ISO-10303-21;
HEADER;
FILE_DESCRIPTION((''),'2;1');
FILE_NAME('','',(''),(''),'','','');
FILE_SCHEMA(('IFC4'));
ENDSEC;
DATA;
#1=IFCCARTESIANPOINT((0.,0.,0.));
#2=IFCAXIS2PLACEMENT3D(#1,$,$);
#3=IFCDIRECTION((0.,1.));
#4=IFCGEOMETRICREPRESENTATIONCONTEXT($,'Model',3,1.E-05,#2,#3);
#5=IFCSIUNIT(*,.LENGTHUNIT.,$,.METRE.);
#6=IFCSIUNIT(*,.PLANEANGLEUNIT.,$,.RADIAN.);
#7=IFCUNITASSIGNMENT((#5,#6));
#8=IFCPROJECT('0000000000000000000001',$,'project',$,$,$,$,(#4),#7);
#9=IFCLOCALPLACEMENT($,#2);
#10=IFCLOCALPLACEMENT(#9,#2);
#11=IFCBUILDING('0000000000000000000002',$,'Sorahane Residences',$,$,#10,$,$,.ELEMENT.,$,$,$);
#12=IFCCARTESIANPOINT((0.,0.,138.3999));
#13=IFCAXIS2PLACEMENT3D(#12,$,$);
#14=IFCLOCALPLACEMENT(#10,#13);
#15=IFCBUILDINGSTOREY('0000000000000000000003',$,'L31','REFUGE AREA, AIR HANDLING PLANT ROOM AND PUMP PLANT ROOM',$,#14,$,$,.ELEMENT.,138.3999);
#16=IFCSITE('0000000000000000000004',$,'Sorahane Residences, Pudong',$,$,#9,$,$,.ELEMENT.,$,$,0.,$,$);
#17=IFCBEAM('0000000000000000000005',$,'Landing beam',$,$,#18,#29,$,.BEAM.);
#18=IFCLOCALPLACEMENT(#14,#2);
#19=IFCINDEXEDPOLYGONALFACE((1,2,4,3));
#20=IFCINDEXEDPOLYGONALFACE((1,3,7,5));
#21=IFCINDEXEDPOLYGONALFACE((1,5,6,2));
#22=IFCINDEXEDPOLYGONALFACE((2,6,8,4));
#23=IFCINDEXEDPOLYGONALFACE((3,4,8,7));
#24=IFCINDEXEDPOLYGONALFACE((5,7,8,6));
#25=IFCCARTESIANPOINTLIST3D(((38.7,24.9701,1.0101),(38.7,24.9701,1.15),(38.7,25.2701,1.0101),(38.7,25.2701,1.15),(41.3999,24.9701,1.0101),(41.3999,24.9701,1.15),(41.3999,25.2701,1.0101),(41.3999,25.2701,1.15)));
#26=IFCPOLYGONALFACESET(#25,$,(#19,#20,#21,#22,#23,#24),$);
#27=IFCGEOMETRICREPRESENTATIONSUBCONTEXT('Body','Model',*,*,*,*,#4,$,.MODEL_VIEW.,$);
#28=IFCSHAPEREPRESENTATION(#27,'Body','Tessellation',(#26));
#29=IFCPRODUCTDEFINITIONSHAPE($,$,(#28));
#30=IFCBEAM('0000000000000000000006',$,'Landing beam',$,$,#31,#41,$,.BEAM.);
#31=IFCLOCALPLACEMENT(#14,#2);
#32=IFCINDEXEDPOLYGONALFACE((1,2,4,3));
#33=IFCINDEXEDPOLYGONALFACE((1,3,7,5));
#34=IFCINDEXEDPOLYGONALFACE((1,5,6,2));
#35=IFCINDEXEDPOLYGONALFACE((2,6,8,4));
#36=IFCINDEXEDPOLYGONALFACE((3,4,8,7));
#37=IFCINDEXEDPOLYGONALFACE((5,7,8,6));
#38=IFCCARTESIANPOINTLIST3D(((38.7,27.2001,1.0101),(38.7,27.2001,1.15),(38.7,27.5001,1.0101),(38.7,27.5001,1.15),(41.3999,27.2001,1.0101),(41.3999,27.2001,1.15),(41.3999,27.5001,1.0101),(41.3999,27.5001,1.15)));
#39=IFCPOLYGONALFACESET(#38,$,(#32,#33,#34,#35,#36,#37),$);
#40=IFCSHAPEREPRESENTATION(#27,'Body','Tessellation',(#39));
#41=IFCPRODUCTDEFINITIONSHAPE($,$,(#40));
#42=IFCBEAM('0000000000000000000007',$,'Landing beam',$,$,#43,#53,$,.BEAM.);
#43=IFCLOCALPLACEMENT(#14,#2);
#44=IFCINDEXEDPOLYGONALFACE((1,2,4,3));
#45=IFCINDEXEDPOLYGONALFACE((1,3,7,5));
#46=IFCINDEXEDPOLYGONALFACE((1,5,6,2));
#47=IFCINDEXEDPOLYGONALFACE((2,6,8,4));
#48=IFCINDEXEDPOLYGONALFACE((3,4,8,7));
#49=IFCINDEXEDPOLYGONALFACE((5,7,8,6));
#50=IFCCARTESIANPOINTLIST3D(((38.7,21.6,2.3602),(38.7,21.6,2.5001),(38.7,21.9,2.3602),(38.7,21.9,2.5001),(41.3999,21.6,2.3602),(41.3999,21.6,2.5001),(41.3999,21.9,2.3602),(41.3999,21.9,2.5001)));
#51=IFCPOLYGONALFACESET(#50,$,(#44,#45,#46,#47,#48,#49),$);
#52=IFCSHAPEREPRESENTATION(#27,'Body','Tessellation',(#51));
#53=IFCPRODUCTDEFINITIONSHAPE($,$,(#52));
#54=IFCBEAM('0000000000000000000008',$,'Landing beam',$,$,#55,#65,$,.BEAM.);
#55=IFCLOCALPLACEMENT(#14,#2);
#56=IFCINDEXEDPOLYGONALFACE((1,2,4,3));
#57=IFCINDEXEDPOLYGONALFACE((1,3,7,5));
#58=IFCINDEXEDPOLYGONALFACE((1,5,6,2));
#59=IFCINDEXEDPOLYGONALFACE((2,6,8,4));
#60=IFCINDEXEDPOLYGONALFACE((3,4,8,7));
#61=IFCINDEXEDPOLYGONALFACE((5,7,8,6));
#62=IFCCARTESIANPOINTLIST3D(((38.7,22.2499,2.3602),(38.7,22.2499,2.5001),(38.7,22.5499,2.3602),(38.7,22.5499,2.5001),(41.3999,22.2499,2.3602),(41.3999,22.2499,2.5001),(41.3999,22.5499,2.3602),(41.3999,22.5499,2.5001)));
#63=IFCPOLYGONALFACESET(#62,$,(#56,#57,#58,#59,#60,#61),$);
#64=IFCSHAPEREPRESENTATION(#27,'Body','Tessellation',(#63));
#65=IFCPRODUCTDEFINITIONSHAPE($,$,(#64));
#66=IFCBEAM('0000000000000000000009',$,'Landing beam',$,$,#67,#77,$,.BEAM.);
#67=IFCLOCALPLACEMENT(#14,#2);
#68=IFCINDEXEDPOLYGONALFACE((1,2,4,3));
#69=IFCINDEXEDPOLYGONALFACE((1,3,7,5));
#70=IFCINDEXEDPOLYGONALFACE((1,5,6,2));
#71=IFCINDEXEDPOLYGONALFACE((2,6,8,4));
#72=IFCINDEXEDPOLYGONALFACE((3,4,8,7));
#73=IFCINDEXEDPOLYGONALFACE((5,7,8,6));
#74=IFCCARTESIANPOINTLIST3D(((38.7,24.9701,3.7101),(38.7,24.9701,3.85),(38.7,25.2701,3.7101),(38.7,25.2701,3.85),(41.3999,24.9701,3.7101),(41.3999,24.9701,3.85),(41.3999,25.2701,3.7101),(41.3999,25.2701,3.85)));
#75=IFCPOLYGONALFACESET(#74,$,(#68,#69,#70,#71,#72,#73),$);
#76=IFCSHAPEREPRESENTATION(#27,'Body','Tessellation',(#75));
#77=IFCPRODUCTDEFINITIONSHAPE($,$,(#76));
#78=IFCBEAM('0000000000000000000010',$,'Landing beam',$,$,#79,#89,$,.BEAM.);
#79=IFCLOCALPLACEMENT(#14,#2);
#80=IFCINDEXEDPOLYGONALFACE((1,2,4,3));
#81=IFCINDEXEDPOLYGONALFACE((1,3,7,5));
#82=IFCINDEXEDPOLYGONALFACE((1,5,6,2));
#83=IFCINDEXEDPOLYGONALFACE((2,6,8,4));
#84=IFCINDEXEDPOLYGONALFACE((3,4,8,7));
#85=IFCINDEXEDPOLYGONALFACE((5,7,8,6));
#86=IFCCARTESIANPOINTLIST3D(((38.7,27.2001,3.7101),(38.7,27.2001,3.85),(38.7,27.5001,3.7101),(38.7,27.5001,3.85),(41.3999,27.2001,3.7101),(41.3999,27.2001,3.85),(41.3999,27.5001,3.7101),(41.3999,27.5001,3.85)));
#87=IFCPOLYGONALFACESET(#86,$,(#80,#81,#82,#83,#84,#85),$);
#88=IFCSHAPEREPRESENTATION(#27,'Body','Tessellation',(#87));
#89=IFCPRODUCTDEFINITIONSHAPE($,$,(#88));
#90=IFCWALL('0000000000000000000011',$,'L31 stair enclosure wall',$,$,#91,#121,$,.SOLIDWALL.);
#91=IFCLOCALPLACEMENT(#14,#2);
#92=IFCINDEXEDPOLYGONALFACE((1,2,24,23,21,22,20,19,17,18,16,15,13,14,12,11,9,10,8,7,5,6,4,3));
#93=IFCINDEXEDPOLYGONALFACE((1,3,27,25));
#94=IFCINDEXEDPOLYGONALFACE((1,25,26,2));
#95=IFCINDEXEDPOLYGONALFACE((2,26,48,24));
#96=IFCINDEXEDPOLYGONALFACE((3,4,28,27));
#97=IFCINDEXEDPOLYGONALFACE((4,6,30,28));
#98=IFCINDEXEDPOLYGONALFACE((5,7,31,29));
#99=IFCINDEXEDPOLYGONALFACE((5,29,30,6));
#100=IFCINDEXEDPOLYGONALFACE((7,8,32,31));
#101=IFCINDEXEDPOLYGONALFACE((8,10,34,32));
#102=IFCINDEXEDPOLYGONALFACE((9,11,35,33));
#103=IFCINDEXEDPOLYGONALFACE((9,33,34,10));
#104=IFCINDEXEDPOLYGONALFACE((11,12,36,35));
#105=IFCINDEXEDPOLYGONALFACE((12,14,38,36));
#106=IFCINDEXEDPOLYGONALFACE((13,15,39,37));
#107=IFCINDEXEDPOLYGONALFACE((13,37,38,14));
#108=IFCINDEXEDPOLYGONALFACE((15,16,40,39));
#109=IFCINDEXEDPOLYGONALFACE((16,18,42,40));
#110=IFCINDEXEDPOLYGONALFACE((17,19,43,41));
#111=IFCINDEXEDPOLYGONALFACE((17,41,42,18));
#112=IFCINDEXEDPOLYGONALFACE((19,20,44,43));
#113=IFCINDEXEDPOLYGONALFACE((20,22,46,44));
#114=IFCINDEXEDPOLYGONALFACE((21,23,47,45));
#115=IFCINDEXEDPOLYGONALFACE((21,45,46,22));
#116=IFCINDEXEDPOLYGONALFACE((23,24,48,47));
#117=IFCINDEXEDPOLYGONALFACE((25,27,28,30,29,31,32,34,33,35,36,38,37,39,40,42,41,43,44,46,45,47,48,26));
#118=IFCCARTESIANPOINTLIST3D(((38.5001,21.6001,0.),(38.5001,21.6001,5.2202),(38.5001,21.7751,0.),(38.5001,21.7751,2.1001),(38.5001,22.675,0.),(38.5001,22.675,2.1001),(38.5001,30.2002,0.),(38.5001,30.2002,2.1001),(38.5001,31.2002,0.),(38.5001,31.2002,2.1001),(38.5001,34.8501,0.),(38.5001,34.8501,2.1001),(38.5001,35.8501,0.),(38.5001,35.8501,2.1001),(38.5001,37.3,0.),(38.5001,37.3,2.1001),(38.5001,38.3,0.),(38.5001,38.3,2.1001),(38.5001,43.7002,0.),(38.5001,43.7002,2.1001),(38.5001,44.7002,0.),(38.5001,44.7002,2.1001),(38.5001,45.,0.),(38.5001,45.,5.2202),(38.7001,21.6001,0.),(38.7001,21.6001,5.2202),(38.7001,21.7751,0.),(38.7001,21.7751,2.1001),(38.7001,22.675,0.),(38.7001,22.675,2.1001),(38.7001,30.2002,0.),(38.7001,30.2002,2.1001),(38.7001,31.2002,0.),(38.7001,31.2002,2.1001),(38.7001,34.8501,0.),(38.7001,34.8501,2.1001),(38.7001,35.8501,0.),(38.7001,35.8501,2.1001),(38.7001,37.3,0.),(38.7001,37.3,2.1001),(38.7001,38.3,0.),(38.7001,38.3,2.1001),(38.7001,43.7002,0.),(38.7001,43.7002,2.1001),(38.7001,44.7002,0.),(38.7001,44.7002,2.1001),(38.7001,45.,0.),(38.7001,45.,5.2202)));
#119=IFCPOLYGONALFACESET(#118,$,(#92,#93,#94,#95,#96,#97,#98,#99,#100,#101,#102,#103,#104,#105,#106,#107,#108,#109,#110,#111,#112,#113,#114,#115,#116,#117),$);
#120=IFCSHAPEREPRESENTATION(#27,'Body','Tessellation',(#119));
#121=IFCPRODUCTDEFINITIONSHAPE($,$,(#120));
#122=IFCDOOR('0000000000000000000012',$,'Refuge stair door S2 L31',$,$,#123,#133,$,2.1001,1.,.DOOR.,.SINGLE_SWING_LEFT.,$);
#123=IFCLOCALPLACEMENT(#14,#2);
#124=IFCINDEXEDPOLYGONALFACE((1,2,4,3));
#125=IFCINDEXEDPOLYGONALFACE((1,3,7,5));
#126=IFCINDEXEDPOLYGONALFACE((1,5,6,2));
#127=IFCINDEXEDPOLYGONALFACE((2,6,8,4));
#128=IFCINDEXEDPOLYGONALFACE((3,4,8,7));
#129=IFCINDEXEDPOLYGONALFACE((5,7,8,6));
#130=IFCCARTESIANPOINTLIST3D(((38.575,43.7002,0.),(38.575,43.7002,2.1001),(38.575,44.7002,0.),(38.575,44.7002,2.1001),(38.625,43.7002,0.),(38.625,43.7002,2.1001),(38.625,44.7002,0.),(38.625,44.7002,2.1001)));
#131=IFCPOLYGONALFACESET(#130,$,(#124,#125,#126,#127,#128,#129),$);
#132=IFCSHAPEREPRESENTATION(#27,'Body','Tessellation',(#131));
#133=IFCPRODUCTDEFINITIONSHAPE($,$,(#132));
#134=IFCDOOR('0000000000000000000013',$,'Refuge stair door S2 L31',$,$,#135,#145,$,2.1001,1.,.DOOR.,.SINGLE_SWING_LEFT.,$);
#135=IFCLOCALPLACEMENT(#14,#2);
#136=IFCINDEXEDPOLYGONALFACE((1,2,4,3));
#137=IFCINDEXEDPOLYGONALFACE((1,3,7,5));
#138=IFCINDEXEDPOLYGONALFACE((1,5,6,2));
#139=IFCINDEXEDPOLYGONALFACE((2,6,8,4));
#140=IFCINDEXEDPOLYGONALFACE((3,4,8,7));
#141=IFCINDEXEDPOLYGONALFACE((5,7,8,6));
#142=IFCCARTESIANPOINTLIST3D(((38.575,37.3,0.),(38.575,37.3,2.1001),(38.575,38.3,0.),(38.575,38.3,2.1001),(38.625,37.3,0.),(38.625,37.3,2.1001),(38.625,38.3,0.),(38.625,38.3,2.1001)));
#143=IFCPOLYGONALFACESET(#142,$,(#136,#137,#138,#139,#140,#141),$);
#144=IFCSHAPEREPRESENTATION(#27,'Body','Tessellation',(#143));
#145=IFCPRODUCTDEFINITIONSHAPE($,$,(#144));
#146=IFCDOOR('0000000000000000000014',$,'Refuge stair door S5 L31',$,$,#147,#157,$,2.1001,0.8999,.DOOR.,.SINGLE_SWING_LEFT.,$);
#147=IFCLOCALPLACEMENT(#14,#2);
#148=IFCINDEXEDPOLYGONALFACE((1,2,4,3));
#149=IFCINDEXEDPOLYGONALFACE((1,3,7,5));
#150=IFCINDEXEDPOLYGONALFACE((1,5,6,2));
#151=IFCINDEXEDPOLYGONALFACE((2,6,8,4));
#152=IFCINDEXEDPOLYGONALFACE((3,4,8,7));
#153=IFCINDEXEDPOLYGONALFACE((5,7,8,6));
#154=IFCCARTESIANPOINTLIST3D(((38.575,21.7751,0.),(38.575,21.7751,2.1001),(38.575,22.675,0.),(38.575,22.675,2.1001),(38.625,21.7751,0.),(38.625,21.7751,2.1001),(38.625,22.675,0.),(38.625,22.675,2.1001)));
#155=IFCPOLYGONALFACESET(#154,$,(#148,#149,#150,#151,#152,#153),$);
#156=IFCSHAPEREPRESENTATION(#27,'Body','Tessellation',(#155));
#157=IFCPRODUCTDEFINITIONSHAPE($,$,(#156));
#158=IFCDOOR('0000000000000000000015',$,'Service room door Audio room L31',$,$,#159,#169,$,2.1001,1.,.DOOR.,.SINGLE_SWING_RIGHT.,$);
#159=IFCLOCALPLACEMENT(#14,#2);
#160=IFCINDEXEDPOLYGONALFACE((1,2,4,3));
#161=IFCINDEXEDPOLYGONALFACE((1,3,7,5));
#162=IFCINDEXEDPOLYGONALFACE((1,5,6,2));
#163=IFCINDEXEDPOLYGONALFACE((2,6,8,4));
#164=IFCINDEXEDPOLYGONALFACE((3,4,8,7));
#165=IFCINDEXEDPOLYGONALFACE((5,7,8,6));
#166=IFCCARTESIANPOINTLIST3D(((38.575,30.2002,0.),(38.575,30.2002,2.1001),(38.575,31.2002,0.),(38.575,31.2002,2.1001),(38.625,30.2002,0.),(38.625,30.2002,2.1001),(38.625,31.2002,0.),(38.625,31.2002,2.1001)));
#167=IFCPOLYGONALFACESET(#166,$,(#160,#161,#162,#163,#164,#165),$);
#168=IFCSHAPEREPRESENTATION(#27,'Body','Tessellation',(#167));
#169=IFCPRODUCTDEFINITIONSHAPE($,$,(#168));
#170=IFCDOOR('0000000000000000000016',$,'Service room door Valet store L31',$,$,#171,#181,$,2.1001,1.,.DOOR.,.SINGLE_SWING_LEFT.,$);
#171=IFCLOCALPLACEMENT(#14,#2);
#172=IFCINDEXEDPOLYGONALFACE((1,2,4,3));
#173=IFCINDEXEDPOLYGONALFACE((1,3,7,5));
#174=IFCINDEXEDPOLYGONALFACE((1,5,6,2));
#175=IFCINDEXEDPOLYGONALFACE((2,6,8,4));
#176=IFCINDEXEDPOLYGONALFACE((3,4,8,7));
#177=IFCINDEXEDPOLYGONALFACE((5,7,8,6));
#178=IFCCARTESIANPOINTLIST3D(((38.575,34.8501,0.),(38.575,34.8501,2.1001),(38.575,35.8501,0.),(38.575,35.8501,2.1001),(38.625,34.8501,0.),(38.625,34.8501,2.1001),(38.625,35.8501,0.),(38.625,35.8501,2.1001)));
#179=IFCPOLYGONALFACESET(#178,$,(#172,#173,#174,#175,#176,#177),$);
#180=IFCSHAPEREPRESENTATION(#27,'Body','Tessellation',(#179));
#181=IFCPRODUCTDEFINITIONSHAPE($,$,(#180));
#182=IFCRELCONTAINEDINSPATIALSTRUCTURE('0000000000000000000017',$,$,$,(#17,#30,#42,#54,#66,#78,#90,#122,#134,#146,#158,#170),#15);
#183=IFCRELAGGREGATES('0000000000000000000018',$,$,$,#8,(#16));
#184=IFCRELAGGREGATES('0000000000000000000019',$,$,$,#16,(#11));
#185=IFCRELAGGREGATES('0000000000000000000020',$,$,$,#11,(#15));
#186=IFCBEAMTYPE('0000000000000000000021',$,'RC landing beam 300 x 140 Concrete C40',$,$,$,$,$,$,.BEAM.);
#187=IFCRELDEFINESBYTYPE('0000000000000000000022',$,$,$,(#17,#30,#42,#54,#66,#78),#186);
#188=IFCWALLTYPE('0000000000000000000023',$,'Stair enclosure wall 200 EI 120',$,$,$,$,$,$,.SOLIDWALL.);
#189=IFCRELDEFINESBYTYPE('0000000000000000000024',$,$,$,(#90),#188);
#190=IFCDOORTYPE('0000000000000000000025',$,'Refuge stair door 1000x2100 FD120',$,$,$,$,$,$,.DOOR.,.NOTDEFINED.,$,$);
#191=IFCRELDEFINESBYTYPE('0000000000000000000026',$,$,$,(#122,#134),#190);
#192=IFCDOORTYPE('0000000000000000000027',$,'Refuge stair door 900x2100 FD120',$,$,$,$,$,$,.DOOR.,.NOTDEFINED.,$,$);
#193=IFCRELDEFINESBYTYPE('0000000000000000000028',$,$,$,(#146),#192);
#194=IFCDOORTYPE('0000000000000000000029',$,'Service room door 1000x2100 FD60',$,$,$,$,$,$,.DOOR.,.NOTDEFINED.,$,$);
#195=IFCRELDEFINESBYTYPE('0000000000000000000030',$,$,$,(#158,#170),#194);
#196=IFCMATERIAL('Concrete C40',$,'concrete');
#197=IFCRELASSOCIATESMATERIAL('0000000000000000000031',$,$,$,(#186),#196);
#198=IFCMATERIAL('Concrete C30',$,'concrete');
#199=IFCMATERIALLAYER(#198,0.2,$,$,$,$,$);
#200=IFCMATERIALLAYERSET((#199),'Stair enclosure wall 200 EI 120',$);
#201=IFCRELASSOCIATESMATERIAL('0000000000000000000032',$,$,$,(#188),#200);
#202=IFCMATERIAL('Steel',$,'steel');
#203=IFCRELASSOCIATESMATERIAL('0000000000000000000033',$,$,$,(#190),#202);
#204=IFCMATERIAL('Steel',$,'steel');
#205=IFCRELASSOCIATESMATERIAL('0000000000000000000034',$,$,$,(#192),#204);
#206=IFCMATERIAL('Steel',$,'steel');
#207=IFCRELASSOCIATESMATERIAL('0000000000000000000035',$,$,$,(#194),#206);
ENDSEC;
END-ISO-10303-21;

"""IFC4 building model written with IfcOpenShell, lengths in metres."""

from ifc_helpers import new_model, si_unit, direction, frame, frame_2d, origin, origin_2d, place, context, subcontext, project, spatial, rectangle, extrude, material, layer, layer_set, material_profile, profile_set, type_object, element, fill, save


model = new_model("IFC4")

# Units and contexts
model_context = context("Model", 3, precision=1e-05, world=origin(), true_north=direction((0.0, 1.0)))
body_context = subcontext(model_context, "Body", "Model", "MODEL_VIEW")
ifc_project = project(units=[si_unit("LENGTHUNIT", "METRE"), si_unit("PLANEANGLEUNIT", "RADIAN")], contexts=[model_context])

# Site, building, storey
site_placement = place(None, origin())
site = spatial("IfcSite", under=ifc_project, at=site_placement, Name="Sorahane Residences, Pudong", CompositionType="ELEMENT", RefElevation=0.0)
building_placement = place(site_placement, origin())
building = spatial("IfcBuilding", under=site, at=building_placement, Name="Sorahane Residences", CompositionType="ELEMENT")
storey_placement = place(building_placement, frame((0.0, 0.0, 138.3999)))
storey = spatial("IfcBuildingStorey", under=building, at=storey_placement, Name="L31", Description="REFUGE AREA, AIR HANDLING PLANT ROOM AND PUMP PLANT ROOM", CompositionType="ELEMENT", Elevation=138.3999)

# Beams
ifc_material_1 = material(Name="Concrete C40", Category="concrete")
ifc_material_profile = material_profile(ifc_material_1, rectangle(XDim=0.3, YDim=0.1399, at=origin_2d()), Name="300x140")
ifc_profile_set = profile_set([ifc_material_profile], Name="Concrete C40")
beam_type = type_object("IfcBeamType", Name="RC landing beam 300 x 140 Concrete C40", PredefinedType="BEAM", material=ifc_profile_set)
for number, where, z_axis, x_axis, name in (
    (1, (38.7, 25.1201, 1.0801), (1.0, 0.0, 0.0), (0.0, 1.0, 0.0), "Landing beam"),
    (2, (38.7, 27.3501, 1.0801), (1.0, 0.0, 0.0), (0.0, 1.0, 0.0), "Landing beam"),
    (3, (38.7, 21.75, 2.4302), (1.0, 0.0, 0.0), (0.0, 1.0, 0.0), "Landing beam"),
    (4, (38.7, 22.3999, 2.4302), (1.0, 0.0, 0.0), (0.0, 1.0, 0.0), "Landing beam"),
    (5, (38.7, 25.1201, 3.78), (1.0, 0.0, 0.0), (0.0, 1.0, 0.0), "Landing beam"),
    (6, (38.7, 27.3501, 3.78), (1.0, 0.0, 0.0), (0.0, 1.0, 0.0), "Landing beam"),
):
    element("IfcBeam", number, at=place(storey_placement, frame(where, z_axis=z_axis, x_axis=x_axis)), inside=storey, type_object=beam_type, Name=name, PredefinedType="BEAM", context=body_context, shape_type="SweptSolid", body=[
        extrude(rectangle(XDim=0.3, YDim=0.1399, at=origin_2d()), origin(), (0.0, 0.0, 1.0), 2.7),
    ])

# Wall, openings, doors
ifc_material_2 = material(Name="Concrete C30", Category="concrete")
ifc_layer = layer(ifc_material_2, 0.2)
ifc_layer_set = layer_set([ifc_layer], Name="Stair enclosure wall 200 EI 120")
wall_type = type_object("IfcWallType", Name="Stair enclosure wall 200 EI 120", PredefinedType="SOLIDWALL", material=ifc_layer_set)
wall_placement = place(storey_placement, frame((38.6001, 21.6001, 0.0), z_axis=(0.0, 0.0, 1.0), x_axis=(0.0, 1.0, 0.0)))
wall = element("IfcWall", 7, at=wall_placement, inside=storey, type_object=wall_type, Name="L31 stair enclosure wall", PredefinedType="SOLIDWALL", context=body_context, shape_type="SweptSolid", body=[
    extrude(rectangle(XDim=23.3999, YDim=0.2, at=frame_2d((11.7, 0.0))), origin(), (0.0, 0.0, 1.0), 5.2202),
])
opening_1_placement = place(wall_placement, frame((8.6001, 0.0, 0.0)))
opening_1 = element("IfcOpeningElement", 8, at=opening_1_placement, cuts=wall, PredefinedType="OPENING", context=body_context, shape_type="SweptSolid", body=[
    extrude(rectangle(XDim=1.0, YDim=2.1001, at=frame_2d((0.5, 1.05))), frame((0.0, 0.1099, 0.0), z_axis=(0.0, -1.0, 0.0), x_axis=(1.0, 0.0, 0.0)), (0.0, 0.0, 1.0), 0.22),
])
opening_2_placement = place(wall_placement, frame((13.25, 0.0, 0.0)))
opening_2 = element("IfcOpeningElement", 9, at=opening_2_placement, cuts=wall, PredefinedType="OPENING", context=body_context, shape_type="SweptSolid", body=[
    extrude(rectangle(XDim=1.0, YDim=2.1001, at=frame_2d((0.5, 1.05))), frame((0.0, 0.1099, 0.0), z_axis=(0.0, -1.0, 0.0), x_axis=(1.0, 0.0, 0.0)), (0.0, 0.0, 1.0), 0.22),
])
opening_3_placement = place(wall_placement, frame((22.1001, 0.0, 0.0)))
opening_3 = element("IfcOpeningElement", 10, at=opening_3_placement, cuts=wall, PredefinedType="OPENING", context=body_context, shape_type="SweptSolid", body=[
    extrude(rectangle(XDim=1.0, YDim=2.1001, at=frame_2d((0.5, 1.05))), frame((0.0, 0.1099, 0.0), z_axis=(0.0, -1.0, 0.0), x_axis=(1.0, 0.0, 0.0)), (0.0, 0.0, 1.0), 0.22),
])
opening_4_placement = place(wall_placement, frame((15.7, 0.0, 0.0)))
opening_4 = element("IfcOpeningElement", 11, at=opening_4_placement, cuts=wall, PredefinedType="OPENING", context=body_context, shape_type="SweptSolid", body=[
    extrude(rectangle(XDim=1.0, YDim=2.1001, at=frame_2d((0.5, 1.05))), frame((0.0, 0.1099, 0.0), z_axis=(0.0, -1.0, 0.0), x_axis=(1.0, 0.0, 0.0)), (0.0, 0.0, 1.0), 0.22),
])
opening_5_placement = place(wall_placement, frame((0.175, 0.0, 0.0)))
opening_5 = element("IfcOpeningElement", 12, at=opening_5_placement, cuts=wall, PredefinedType="OPENING", context=body_context, shape_type="SweptSolid", body=[
    extrude(rectangle(XDim=0.8999, YDim=2.1001, at=frame_2d((0.45, 1.05))), frame((0.0, 0.1099, 0.0), z_axis=(0.0, -1.0, 0.0), x_axis=(1.0, 0.0, 0.0)), (0.0, 0.0, 1.0), 0.22),
])
ifc_material_3 = material(Name="Steel", Category="steel")
door_type_1 = type_object("IfcDoorType", Name="Refuge stair door 1000x2100 FD120", OperationType="NOTDEFINED", PredefinedType="DOOR", material=ifc_material_3)
door_1_placement = place(opening_3_placement, frame((1.0, 0.0, 0.0), z_axis=(0.0, 0.0, 1.0), x_axis=(-1.0, 0.0, 0.0)))
door_1 = element("IfcDoor", 13, at=door_1_placement, inside=storey, type_object=door_type_1, Name="Refuge stair door S2 L31", OperationType="SINGLE_SWING_LEFT", OverallHeight=2.1001, OverallWidth=1.0, PredefinedType="DOOR", context=body_context, shape_type="SweptSolid", body=[
    extrude(rectangle(XDim=1.0, YDim=2.1001, at=frame_2d((0.5, 1.05))), frame((0.0, 0.0249, 0.0), z_axis=(0.0, -1.0, 0.0), x_axis=(1.0, 0.0, 0.0)), (0.0, 0.0, 1.0), 0.05),
])
fill(opening_3, door_1)
door_2_placement = place(opening_4_placement, frame((1.0, 0.0, 0.0), z_axis=(0.0, 0.0, 1.0), x_axis=(-1.0, 0.0, 0.0)))
door_2 = element("IfcDoor", 14, at=door_2_placement, inside=storey, type_object=door_type_1, Name="Refuge stair door S2 L31", OperationType="SINGLE_SWING_LEFT", OverallHeight=2.1001, OverallWidth=1.0, PredefinedType="DOOR", context=body_context, shape_type="SweptSolid", body=[
    extrude(rectangle(XDim=1.0, YDim=2.1001, at=frame_2d((0.5, 1.05))), frame((0.0, 0.0249, 0.0), z_axis=(0.0, -1.0, 0.0), x_axis=(1.0, 0.0, 0.0)), (0.0, 0.0, 1.0), 0.05),
])
fill(opening_4, door_2)
ifc_material_4 = material(Name="Steel", Category="steel")
door_type_2 = type_object("IfcDoorType", Name="Refuge stair door 900x2100 FD120", OperationType="NOTDEFINED", PredefinedType="DOOR", material=ifc_material_4)
door_3_placement = place(opening_5_placement, frame((0.8999, 0.0, 0.0), z_axis=(0.0, 0.0, 1.0), x_axis=(-1.0, 0.0, 0.0)))
door_3 = element("IfcDoor", 15, at=door_3_placement, inside=storey, type_object=door_type_2, Name="Refuge stair door S5 L31", OperationType="SINGLE_SWING_LEFT", OverallHeight=2.1001, OverallWidth=0.8999, PredefinedType="DOOR", context=body_context, shape_type="SweptSolid", body=[
    extrude(rectangle(XDim=0.8999, YDim=2.1001, at=frame_2d((0.45, 1.05))), frame((0.0, 0.0249, 0.0), z_axis=(0.0, -1.0, 0.0), x_axis=(1.0, 0.0, 0.0)), (0.0, 0.0, 1.0), 0.05),
])
fill(opening_5, door_3)
ifc_material_5 = material(Name="Steel", Category="steel")
door_type_3 = type_object("IfcDoorType", Name="Service room door 1000x2100 FD60", OperationType="NOTDEFINED", PredefinedType="DOOR", material=ifc_material_5)
door_4_placement = place(opening_1_placement, frame((1.0, 0.0, 0.0), z_axis=(0.0, 0.0, 1.0), x_axis=(-1.0, 0.0, 0.0)))
door_4 = element("IfcDoor", 16, at=door_4_placement, inside=storey, type_object=door_type_3, Name="Service room door Audio room L31", OperationType="SINGLE_SWING_RIGHT", OverallHeight=2.1001, OverallWidth=1.0, PredefinedType="DOOR", context=body_context, shape_type="SweptSolid", body=[
    extrude(rectangle(XDim=1.0, YDim=2.1001, at=frame_2d((0.5, 1.05))), frame((0.0, 0.0249, 0.0), z_axis=(0.0, -1.0, 0.0), x_axis=(1.0, 0.0, 0.0)), (0.0, 0.0, 1.0), 0.05),
])
fill(opening_1, door_4)
door_5_placement = place(opening_2_placement, frame((1.0, 0.0, 0.0), z_axis=(0.0, 0.0, 1.0), x_axis=(-1.0, 0.0, 0.0)))
door_5 = element("IfcDoor", 17, at=door_5_placement, inside=storey, type_object=door_type_3, Name="Service room door Valet store L31", OperationType="SINGLE_SWING_LEFT", OverallHeight=2.1001, OverallWidth=1.0, PredefinedType="DOOR", context=body_context, shape_type="SweptSolid", body=[
    extrude(rectangle(XDim=1.0, YDim=2.1001, at=frame_2d((0.5, 1.05))), frame((0.0, 0.0249, 0.0), z_axis=(0.0, -1.0, 0.0), x_axis=(1.0, 0.0, 0.0)), (0.0, 0.0, 1.0), 0.05),
])
fill(opening_2, door_5)

save(model, "model.ifc")
